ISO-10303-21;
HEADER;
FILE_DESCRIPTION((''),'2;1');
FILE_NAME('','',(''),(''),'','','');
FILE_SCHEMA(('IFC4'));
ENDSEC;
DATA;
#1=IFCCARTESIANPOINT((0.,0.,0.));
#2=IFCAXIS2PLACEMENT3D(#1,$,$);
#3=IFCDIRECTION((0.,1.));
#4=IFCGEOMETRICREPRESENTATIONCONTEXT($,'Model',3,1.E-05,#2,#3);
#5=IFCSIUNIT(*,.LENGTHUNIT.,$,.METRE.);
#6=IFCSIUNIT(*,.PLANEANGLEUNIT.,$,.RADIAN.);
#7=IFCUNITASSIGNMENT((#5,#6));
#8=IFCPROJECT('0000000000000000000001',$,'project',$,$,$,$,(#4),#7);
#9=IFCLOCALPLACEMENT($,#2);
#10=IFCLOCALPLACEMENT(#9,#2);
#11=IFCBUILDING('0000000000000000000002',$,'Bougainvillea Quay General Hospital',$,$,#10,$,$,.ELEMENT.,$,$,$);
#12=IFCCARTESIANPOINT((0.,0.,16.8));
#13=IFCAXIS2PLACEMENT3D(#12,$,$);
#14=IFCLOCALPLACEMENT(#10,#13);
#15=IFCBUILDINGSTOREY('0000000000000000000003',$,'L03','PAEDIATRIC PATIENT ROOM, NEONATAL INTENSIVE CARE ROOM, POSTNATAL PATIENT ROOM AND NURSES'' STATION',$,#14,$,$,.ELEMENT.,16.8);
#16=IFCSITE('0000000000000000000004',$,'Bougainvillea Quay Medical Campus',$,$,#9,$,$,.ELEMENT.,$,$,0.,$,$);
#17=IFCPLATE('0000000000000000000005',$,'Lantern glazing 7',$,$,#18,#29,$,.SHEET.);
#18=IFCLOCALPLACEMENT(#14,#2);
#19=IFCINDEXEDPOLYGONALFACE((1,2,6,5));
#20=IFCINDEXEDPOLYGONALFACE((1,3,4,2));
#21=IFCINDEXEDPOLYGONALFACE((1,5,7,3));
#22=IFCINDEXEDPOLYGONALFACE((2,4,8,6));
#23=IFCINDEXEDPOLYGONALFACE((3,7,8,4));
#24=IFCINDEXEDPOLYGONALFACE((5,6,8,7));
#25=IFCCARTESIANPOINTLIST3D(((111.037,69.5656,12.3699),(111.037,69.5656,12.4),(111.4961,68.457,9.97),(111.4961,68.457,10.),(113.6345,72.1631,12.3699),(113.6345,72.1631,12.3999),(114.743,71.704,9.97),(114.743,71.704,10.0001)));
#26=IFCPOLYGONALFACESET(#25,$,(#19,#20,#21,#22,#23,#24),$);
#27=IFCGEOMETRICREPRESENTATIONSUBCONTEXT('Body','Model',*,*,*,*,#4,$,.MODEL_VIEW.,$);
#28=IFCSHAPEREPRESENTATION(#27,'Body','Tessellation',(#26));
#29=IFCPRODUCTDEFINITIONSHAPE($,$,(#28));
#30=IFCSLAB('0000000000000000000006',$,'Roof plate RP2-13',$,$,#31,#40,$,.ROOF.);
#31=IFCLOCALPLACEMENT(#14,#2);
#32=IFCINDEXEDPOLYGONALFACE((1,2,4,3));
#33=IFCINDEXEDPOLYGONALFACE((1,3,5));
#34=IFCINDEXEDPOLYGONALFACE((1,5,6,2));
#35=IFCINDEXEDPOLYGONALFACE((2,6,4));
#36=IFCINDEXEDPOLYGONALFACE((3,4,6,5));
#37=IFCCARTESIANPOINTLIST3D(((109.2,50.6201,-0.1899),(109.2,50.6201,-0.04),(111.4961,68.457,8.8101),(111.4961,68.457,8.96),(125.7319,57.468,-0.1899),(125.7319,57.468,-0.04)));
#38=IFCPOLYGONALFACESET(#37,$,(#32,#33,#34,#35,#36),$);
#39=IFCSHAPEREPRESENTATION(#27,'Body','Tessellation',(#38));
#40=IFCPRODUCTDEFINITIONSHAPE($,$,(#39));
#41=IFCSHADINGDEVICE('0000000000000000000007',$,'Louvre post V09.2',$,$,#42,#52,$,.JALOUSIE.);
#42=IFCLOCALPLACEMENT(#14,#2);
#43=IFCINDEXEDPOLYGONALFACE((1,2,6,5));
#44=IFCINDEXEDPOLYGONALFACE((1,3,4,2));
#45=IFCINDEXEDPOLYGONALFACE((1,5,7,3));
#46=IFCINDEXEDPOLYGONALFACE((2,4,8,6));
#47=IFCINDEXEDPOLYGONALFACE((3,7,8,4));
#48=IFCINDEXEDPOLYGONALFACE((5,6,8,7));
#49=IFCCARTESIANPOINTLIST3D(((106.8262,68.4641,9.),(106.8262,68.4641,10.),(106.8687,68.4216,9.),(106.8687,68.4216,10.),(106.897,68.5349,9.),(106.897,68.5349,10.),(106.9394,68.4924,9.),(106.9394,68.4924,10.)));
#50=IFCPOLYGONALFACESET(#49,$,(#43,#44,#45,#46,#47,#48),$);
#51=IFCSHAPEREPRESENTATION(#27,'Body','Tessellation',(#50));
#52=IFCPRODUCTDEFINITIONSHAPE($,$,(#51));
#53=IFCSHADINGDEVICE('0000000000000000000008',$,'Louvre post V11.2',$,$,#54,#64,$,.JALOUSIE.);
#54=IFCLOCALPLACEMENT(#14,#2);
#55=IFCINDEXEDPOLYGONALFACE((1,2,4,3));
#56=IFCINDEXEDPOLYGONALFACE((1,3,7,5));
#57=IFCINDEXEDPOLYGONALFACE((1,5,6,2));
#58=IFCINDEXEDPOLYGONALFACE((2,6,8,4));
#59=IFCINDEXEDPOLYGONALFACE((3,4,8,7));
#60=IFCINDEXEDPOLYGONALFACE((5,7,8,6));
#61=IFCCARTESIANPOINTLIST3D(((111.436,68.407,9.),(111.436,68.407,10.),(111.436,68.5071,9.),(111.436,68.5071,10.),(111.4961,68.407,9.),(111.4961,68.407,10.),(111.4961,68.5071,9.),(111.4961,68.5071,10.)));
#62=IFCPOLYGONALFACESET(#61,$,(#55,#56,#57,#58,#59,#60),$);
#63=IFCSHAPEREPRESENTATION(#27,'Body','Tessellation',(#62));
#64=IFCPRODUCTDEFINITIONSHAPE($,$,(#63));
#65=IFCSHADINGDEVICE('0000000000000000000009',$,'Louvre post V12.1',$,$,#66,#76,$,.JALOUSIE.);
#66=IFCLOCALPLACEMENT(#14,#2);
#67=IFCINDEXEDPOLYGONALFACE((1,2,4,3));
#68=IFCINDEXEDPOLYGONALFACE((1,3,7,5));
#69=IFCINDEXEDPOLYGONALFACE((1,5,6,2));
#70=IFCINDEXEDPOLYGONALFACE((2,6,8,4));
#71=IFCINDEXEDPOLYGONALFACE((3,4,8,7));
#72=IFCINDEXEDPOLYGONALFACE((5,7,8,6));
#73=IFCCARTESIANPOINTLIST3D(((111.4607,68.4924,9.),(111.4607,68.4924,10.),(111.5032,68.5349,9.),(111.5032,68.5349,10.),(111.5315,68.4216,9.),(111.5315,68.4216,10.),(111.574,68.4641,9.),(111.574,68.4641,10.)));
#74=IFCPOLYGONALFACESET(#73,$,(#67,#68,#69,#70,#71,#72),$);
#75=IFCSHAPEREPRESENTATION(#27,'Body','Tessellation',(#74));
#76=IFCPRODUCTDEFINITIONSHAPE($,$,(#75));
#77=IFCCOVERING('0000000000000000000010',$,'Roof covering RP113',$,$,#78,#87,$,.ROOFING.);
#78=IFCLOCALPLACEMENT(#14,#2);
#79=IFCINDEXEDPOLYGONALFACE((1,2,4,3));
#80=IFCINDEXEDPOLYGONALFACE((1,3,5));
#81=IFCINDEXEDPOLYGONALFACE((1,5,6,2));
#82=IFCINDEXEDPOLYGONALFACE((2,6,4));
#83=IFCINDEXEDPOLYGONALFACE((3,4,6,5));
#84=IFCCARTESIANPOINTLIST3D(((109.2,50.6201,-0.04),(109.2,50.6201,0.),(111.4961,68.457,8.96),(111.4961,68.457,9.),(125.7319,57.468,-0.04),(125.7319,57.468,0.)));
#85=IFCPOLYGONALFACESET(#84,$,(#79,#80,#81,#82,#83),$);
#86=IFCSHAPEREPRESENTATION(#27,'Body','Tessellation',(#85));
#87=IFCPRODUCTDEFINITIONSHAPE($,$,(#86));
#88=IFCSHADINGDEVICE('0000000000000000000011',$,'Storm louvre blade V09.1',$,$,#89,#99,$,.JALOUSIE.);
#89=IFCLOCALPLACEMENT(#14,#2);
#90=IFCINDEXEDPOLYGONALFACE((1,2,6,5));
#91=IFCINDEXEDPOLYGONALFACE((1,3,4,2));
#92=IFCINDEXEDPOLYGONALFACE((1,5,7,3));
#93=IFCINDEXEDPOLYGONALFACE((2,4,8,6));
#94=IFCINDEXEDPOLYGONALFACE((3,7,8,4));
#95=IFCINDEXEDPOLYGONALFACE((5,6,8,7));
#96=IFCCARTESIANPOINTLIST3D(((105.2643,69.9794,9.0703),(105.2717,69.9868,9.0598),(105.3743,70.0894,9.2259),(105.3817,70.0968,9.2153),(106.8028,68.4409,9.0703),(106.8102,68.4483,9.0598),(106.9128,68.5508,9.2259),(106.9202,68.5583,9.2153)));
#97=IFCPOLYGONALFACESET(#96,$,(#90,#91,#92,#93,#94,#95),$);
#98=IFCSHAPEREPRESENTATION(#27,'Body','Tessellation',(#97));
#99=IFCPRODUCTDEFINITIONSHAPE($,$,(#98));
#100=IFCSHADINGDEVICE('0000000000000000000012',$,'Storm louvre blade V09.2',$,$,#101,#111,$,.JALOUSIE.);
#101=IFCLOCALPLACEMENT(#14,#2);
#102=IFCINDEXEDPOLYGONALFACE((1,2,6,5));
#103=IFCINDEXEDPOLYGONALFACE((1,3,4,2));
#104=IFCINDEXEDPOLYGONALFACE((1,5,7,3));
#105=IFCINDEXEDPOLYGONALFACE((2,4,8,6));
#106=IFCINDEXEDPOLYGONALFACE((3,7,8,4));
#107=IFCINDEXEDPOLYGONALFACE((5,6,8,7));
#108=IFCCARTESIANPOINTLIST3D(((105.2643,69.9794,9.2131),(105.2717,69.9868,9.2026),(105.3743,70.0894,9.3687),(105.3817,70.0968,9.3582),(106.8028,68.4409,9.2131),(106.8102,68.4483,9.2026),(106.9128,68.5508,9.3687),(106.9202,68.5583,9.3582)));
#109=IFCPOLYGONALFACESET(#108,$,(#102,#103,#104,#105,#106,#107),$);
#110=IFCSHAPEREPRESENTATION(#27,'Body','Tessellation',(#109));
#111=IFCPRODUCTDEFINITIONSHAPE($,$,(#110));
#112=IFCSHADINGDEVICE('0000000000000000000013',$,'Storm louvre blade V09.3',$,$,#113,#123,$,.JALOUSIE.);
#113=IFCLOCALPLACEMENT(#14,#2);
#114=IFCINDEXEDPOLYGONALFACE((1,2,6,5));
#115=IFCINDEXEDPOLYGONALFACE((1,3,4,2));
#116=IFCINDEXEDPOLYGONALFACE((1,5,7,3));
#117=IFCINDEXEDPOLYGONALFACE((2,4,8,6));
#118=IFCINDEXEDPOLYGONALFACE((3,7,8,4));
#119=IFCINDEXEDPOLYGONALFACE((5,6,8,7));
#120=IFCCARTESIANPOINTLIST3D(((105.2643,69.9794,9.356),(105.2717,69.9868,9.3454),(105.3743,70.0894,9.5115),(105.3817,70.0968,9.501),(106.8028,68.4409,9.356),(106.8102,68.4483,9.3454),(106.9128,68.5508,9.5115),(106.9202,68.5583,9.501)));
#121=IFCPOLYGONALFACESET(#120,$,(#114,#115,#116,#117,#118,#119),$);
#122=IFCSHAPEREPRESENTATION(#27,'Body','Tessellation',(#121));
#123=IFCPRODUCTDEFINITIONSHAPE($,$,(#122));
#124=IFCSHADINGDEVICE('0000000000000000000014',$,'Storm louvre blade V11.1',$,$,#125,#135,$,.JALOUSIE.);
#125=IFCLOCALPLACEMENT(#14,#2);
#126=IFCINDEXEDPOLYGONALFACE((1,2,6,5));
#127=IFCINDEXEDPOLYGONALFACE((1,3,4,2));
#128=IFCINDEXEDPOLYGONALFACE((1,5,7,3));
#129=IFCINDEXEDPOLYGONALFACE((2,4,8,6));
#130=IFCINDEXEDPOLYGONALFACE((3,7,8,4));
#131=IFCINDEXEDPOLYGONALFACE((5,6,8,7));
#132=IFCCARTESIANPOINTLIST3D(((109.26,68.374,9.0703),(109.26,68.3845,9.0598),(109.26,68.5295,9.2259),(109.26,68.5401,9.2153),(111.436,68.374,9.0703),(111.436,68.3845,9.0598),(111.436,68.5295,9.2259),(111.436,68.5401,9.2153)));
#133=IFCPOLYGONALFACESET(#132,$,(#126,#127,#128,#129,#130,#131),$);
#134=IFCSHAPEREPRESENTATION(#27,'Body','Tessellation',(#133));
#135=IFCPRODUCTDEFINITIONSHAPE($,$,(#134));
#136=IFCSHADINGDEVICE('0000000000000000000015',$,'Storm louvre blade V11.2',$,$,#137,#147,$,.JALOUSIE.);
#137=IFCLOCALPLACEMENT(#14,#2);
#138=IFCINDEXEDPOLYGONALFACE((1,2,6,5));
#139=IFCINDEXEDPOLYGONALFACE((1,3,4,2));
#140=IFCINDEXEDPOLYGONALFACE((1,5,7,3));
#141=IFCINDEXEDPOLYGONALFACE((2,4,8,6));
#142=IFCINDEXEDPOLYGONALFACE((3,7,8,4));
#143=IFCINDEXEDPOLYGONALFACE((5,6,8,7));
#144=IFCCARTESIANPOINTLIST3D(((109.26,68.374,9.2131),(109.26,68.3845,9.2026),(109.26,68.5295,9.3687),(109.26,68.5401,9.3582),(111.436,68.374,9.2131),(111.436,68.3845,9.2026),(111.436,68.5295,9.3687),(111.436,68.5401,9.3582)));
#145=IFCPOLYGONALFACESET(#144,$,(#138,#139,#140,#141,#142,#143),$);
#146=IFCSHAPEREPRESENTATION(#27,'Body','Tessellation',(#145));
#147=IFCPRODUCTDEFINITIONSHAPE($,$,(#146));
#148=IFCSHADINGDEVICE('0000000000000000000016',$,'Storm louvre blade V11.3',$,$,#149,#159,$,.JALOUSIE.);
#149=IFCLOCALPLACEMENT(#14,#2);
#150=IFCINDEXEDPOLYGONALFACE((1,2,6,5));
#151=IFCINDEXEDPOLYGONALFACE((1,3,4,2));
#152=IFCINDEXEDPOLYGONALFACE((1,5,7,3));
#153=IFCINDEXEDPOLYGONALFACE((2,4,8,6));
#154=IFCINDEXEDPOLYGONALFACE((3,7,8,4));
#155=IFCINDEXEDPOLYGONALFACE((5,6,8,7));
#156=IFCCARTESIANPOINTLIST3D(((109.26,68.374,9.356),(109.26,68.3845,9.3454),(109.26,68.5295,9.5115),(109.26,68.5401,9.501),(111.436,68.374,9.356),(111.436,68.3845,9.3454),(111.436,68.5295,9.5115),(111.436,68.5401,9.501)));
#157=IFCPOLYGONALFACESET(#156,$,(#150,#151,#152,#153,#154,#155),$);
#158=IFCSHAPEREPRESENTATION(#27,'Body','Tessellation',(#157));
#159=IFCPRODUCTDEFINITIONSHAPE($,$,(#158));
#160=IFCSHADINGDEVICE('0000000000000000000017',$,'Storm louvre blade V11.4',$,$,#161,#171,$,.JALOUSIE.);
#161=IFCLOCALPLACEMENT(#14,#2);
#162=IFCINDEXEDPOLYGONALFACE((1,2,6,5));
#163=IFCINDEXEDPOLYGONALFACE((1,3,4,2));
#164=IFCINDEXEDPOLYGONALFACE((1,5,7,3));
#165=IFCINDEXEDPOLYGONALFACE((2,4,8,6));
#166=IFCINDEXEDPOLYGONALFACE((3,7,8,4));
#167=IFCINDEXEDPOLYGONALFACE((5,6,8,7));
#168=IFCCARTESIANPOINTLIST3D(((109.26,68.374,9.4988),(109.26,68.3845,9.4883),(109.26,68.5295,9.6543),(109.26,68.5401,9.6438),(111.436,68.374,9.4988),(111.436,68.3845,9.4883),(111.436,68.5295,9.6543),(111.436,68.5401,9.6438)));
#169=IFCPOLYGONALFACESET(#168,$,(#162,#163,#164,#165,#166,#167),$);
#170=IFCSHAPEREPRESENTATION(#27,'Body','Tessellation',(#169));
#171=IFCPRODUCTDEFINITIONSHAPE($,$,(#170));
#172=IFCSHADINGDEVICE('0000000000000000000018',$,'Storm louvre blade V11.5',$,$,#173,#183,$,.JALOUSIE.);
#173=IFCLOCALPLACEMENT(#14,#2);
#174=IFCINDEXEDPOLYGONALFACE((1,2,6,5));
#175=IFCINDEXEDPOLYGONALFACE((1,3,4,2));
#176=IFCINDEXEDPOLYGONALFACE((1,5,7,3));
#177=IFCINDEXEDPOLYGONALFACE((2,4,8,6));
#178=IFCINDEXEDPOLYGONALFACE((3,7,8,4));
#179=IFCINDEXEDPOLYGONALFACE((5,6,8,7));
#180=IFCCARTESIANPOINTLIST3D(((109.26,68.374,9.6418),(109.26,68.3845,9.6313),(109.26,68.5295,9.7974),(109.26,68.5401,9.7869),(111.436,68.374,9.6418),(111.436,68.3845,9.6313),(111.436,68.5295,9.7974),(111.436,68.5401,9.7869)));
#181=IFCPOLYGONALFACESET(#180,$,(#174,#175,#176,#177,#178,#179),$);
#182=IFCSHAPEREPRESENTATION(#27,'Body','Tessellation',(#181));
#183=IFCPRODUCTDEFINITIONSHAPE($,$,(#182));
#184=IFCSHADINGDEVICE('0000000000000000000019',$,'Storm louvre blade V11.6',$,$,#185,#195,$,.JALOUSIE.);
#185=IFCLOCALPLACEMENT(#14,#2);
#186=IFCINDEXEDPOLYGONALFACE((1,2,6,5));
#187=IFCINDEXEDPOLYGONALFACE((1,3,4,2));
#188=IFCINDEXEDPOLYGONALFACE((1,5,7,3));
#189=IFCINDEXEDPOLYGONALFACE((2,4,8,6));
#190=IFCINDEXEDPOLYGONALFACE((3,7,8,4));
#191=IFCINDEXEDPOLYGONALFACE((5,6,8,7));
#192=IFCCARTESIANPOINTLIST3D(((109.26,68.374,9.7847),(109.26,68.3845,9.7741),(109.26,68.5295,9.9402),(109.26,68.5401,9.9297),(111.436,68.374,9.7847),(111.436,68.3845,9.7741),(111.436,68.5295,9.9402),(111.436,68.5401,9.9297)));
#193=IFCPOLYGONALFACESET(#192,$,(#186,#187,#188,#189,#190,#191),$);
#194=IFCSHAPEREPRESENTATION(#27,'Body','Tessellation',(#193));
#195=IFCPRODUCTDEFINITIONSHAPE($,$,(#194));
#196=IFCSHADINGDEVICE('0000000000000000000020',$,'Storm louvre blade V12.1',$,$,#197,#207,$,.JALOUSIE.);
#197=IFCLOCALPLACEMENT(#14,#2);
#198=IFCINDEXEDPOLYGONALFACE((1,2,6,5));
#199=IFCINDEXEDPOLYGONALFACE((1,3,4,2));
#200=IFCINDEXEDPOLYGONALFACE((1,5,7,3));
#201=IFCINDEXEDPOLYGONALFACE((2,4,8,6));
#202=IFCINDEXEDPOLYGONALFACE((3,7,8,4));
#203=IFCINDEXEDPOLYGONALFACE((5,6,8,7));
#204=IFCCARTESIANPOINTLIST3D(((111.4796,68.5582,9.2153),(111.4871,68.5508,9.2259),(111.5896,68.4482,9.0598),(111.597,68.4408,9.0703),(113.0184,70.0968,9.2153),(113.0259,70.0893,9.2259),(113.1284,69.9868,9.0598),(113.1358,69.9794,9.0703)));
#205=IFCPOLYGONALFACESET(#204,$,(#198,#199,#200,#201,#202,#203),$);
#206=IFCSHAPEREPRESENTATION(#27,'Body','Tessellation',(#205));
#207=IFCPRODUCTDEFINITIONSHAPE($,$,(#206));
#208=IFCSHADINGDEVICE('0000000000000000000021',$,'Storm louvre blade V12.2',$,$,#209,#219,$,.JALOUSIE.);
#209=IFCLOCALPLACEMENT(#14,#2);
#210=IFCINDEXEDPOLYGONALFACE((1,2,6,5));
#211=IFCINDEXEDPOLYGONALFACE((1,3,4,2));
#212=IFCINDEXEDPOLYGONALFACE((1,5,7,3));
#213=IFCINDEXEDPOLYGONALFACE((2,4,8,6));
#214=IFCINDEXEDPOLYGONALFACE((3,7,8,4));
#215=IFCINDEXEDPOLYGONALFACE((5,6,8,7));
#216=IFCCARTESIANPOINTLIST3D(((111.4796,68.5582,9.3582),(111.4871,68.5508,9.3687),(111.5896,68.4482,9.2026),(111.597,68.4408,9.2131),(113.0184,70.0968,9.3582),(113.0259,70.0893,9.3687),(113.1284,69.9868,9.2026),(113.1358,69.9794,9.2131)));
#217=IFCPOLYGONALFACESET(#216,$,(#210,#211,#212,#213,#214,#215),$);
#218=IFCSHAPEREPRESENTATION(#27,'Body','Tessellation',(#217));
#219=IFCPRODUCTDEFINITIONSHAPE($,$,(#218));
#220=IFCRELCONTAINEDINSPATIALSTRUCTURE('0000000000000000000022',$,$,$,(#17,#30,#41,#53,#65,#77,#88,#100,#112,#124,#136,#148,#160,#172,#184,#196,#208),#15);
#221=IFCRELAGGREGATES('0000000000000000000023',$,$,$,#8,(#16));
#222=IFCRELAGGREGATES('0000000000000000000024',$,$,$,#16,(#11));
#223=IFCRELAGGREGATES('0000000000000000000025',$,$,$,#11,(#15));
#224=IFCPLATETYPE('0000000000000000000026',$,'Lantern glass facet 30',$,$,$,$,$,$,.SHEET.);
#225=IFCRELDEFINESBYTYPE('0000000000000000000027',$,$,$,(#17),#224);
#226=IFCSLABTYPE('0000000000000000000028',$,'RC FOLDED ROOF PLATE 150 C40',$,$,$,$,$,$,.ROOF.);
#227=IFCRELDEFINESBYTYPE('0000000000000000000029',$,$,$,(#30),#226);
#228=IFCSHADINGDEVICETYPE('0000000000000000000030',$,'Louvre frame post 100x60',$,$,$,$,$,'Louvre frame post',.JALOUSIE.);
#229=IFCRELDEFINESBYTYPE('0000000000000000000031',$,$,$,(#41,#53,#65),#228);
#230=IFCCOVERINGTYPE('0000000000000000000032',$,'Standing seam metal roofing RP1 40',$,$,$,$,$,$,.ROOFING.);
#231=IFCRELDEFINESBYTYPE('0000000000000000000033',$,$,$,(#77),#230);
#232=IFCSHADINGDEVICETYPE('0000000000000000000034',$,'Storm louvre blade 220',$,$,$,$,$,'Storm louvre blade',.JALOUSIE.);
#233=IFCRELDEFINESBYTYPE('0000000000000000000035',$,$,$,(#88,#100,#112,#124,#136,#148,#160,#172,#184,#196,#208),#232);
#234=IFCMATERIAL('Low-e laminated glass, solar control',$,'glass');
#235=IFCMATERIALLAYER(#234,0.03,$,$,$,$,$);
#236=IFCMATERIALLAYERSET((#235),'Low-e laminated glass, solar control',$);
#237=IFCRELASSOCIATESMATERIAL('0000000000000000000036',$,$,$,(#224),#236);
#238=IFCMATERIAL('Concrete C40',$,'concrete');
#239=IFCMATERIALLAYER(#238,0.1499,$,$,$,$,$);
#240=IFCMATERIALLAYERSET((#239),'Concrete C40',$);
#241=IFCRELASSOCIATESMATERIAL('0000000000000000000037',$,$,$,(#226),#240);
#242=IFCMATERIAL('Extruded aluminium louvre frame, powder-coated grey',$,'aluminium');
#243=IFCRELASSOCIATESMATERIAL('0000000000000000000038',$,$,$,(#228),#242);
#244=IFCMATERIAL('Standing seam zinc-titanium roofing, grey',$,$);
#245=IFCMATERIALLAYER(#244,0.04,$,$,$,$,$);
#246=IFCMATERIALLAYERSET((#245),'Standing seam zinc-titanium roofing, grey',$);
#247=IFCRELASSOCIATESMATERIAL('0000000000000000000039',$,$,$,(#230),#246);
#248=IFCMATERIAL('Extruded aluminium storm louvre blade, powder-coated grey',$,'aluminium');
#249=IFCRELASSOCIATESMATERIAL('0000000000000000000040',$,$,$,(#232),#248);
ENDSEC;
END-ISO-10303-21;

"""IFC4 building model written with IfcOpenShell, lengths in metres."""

from ifc_helpers import new_model, si_unit, direction, frame, origin, origin_2d, place, context, subcontext, project, spatial, polyline, rectangle, outline, extrude, material, layer, layer_set, material_profile, profile_set, type_object, element, save


model = new_model("IFC4")

# Units and contexts
model_context = context("Model", 3, precision=1e-05, world=origin(), true_north=direction((0.0, 1.0)))
body_context = subcontext(model_context, "Body", "Model", "MODEL_VIEW")
ifc_project = project(units=[si_unit("LENGTHUNIT", "METRE"), si_unit("PLANEANGLEUNIT", "RADIAN")], contexts=[model_context])

# Site, building, storey
site_placement = place(None, origin())
site = spatial("IfcSite", under=ifc_project, at=site_placement, Name="Bougainvillea Quay Medical Campus", CompositionType="ELEMENT", RefElevation=0.0)
building_placement = place(site_placement, origin())
building = spatial("IfcBuilding", under=site, at=building_placement, Name="Bougainvillea Quay General Hospital", CompositionType="ELEMENT")
storey_placement = place(building_placement, frame((0.0, 0.0, 16.8)))
storey = spatial("IfcBuildingStorey", under=building, at=storey_placement, Name="L03", Description="PAEDIATRIC PATIENT ROOM, NEONATAL INTENSIVE CARE ROOM, POSTNATAL PATIENT ROOM AND NURSES' STATION", CompositionType="ELEMENT", Elevation=16.8)

# Plate
ifc_material_1 = material(Name="Low-e laminated glass, solar control", Category="glass")
ifc_layer_1 = layer(ifc_material_1, 0.03)
ifc_layer_set_1 = layer_set([ifc_layer_1], Name="Low-e laminated glass, solar control")
plate_type = type_object("IfcPlateType", Name="Lantern glass facet 30", PredefinedType="SHEET", material=ifc_layer_set_1)
plate_placement = place(storey_placement, frame((111.4961, 68.457, 10.0), z_axis=(0.641939, -0.641939, 0.419318), x_axis=(0.707102, 0.707111, 0.000014)))
element("IfcPlate", 1, at=plate_placement, inside=storey, type_object=plate_type, Name="Lantern glazing 7", PredefinedType="SHEET", context=body_context, shape_type="SweptSolid", body=[
    extrude(outline(polyline([(0.0, 0.0), (4.5919, 0.0), (4.1327, 2.6435), (0.4592, 2.6436), (0.0, 0.0)])), origin(), (-0.000014, -0.90784, -0.419318), 0.03),
])

# Slab
ifc_material_2 = material(Name="Concrete C40", Category="concrete")
ifc_layer_2 = layer(ifc_material_2, 0.1499)
ifc_layer_set_2 = layer_set([ifc_layer_2], Name="Concrete C40")
slab_type = type_object("IfcSlabType", Name="RC FOLDED ROOF PLATE 150 C40", PredefinedType="ROOF", material=ifc_layer_set_2)
slab_placement = place(storey_placement, frame((111.4961, 68.457, 8.96), z_axis=(0.191235, -0.461673, 0.866191), x_axis=(-0.114177, -0.88695, -0.44753)))
element("IfcSlab", 2, at=slab_placement, inside=storey, type_object=slab_type, Name="Roof plate RP2-13", PredefinedType="ROOF", context=body_context, shape_type="SweptSolid", body=[
    extrude(outline(polyline([(0.0, 0.0), (20.1104, 0.0), (12.1491, 16.0255), (0.0, 0.0)])), origin(), (0.44753, 0.222328, -0.866191), 0.1499),
])

# Shading devices
ifc_material_3 = material(Name="Extruded aluminium louvre frame, powder-coated grey", Category="aluminium")
ifc_material_profile_1 = material_profile(ifc_material_3, rectangle(XDim=0.1001, YDim=0.0601, at=origin_2d()))
ifc_profile_set_1 = profile_set([ifc_material_profile_1], Name="Extruded aluminium louvre frame, powder-coated grey")
shading_device_type_1 = type_object("IfcShadingDeviceType", Name="Louvre frame post 100x60", ElementType="Louvre frame post", PredefinedType="JALOUSIE", material=ifc_profile_set_1)
for number, where, z_axis, x_axis, name in (
    (3, (106.8828, 68.4783, 9.0), (0.0, 0.0, 1.0), (0.707107, 0.707107, 0.0), "Louvre post V09.2"),
    (4, (111.4661, 68.457, 9.0), (0.0, 0.0, 1.0), (0.0, 1.0, 0.0), "Louvre post V11.2"),
    (5, (111.5173, 68.4783, 9.0), (0.0, 0.0, 1.0), (-0.707107, 0.707107, 0.0), "Louvre post V12.1"),
):
    element("IfcShadingDevice", number, at=place(storey_placement, frame(where, z_axis=z_axis, x_axis=x_axis)), inside=storey, type_object=shading_device_type_1, Name=name, PredefinedType="JALOUSIE", context=body_context, shape_type="SweptSolid", body=[
        extrude(rectangle(XDim=0.1001, YDim=0.0601, at=origin_2d()), origin(), (0.0, 0.0, 1.0), 1.0),
    ])

# Covering
ifc_material_4 = material(Name="Standing seam zinc-titanium roofing, grey")
ifc_layer_3 = layer(ifc_material_4, 0.04)
ifc_layer_set_3 = layer_set([ifc_layer_3], Name="Standing seam zinc-titanium roofing, grey")
covering_type = type_object("IfcCoveringType", Name="Standing seam metal roofing RP1 40", PredefinedType="ROOFING", material=ifc_layer_set_3)
covering_placement = place(storey_placement, frame((111.4961, 68.457, 9.0), z_axis=(0.191235, -0.461673, 0.866191), x_axis=(-0.114177, -0.88695, -0.44753)))
element("IfcCovering", 6, at=covering_placement, inside=storey, type_object=covering_type, Name="Roof covering RP113", PredefinedType="ROOFING", context=body_context, shape_type="SweptSolid", body=[
    extrude(outline(polyline([(0.0, 0.0), (20.1104, 0.0), (12.1491, 16.0255), (0.0, 0.0)])), origin(), (0.44753, 0.222328, -0.866191), 0.04),
])

# Shading devices
ifc_material_5 = material(Name="Extruded aluminium storm louvre blade, powder-coated grey", Category="aluminium")
ifc_material_profile_2 = material_profile(ifc_material_5, rectangle(XDim=0.22, YDim=0.0149, at=origin_2d()))
ifc_profile_set_2 = profile_set([ifc_material_profile_2], Name="Extruded aluminium storm louvre blade, powder-coated grey")
shading_device_type_2 = type_object("IfcShadingDeviceType", Name="Storm louvre blade 220", ElementType="Storm louvre blade", PredefinedType="JALOUSIE", material=ifc_profile_set_2)
for number, where, z_axis, x_axis, name in (
    (7, (105.323, 70.0381, 9.1428), (0.707107, -0.707107, 0.0), (0.5, 0.5, 0.707107), "Storm louvre blade V09.1"),
    (8, (105.323, 70.0381, 9.2856), (0.707107, -0.707107, 0.0), (0.5, 0.5, 0.707107), "Storm louvre blade V09.2"),
    (9, (105.323, 70.0381, 9.4285), (0.707107, -0.707107, 0.0), (0.5, 0.5, 0.707107), "Storm louvre blade V09.3"),
):
    element("IfcShadingDevice", number, at=place(storey_placement, frame(where, z_axis=z_axis, x_axis=x_axis)), inside=storey, type_object=shading_device_type_2, Name=name, PredefinedType="JALOUSIE", context=body_context, shape_type="SweptSolid", body=[
        extrude(rectangle(XDim=0.22, YDim=0.0149, at=origin_2d()), origin(), (0.0, 0.0, 1.0), 2.1758),
    ])
for number, where, z_axis, x_axis, name in (
    (10, (109.26, 68.457, 9.1428), (1.0, 0.0, 0.0), (0.0, 0.707107, 0.707107), "Storm louvre blade V11.1"),
    (11, (109.26, 68.457, 9.2856), (1.0, 0.0, 0.0), (0.0, 0.707107, 0.707107), "Storm louvre blade V11.2"),
    (12, (109.26, 68.457, 9.4285), (1.0, 0.0, 0.0), (0.0, 0.707107, 0.707107), "Storm louvre blade V11.3"),
    (13, (109.26, 68.457, 9.5713), (1.0, 0.0, 0.0), (0.0, 0.707107, 0.707107), "Storm louvre blade V11.4"),
    (14, (109.26, 68.457, 9.7144), (1.0, 0.0, 0.0), (0.0, 0.707107, 0.707107), "Storm louvre blade V11.5"),
    (15, (109.26, 68.457, 9.8572), (1.0, 0.0, 0.0), (0.0, 0.707107, 0.707107), "Storm louvre blade V11.6"),
    (16, (111.5383, 68.4995, 9.1428), (0.707163, 0.707051, 0.0), (-0.49996, 0.50004, 0.707107), "Storm louvre blade V12.1"),
    (17, (111.5383, 68.4995, 9.2856), (0.707163, 0.707051, 0.0), (-0.49996, 0.50004, 0.707107), "Storm louvre blade V12.2"),
):
    element("IfcShadingDevice", number, at=place(storey_placement, frame(where, z_axis=z_axis, x_axis=x_axis)), inside=storey, type_object=shading_device_type_2, Name=name, PredefinedType="JALOUSIE", context=body_context, shape_type="SweptSolid", body=[
        extrude(rectangle(XDim=0.22, YDim=0.0149, at=origin_2d()), origin(), (0.0, 0.0, 1.0), 2.176),
    ])

save(model, "model.ifc")
